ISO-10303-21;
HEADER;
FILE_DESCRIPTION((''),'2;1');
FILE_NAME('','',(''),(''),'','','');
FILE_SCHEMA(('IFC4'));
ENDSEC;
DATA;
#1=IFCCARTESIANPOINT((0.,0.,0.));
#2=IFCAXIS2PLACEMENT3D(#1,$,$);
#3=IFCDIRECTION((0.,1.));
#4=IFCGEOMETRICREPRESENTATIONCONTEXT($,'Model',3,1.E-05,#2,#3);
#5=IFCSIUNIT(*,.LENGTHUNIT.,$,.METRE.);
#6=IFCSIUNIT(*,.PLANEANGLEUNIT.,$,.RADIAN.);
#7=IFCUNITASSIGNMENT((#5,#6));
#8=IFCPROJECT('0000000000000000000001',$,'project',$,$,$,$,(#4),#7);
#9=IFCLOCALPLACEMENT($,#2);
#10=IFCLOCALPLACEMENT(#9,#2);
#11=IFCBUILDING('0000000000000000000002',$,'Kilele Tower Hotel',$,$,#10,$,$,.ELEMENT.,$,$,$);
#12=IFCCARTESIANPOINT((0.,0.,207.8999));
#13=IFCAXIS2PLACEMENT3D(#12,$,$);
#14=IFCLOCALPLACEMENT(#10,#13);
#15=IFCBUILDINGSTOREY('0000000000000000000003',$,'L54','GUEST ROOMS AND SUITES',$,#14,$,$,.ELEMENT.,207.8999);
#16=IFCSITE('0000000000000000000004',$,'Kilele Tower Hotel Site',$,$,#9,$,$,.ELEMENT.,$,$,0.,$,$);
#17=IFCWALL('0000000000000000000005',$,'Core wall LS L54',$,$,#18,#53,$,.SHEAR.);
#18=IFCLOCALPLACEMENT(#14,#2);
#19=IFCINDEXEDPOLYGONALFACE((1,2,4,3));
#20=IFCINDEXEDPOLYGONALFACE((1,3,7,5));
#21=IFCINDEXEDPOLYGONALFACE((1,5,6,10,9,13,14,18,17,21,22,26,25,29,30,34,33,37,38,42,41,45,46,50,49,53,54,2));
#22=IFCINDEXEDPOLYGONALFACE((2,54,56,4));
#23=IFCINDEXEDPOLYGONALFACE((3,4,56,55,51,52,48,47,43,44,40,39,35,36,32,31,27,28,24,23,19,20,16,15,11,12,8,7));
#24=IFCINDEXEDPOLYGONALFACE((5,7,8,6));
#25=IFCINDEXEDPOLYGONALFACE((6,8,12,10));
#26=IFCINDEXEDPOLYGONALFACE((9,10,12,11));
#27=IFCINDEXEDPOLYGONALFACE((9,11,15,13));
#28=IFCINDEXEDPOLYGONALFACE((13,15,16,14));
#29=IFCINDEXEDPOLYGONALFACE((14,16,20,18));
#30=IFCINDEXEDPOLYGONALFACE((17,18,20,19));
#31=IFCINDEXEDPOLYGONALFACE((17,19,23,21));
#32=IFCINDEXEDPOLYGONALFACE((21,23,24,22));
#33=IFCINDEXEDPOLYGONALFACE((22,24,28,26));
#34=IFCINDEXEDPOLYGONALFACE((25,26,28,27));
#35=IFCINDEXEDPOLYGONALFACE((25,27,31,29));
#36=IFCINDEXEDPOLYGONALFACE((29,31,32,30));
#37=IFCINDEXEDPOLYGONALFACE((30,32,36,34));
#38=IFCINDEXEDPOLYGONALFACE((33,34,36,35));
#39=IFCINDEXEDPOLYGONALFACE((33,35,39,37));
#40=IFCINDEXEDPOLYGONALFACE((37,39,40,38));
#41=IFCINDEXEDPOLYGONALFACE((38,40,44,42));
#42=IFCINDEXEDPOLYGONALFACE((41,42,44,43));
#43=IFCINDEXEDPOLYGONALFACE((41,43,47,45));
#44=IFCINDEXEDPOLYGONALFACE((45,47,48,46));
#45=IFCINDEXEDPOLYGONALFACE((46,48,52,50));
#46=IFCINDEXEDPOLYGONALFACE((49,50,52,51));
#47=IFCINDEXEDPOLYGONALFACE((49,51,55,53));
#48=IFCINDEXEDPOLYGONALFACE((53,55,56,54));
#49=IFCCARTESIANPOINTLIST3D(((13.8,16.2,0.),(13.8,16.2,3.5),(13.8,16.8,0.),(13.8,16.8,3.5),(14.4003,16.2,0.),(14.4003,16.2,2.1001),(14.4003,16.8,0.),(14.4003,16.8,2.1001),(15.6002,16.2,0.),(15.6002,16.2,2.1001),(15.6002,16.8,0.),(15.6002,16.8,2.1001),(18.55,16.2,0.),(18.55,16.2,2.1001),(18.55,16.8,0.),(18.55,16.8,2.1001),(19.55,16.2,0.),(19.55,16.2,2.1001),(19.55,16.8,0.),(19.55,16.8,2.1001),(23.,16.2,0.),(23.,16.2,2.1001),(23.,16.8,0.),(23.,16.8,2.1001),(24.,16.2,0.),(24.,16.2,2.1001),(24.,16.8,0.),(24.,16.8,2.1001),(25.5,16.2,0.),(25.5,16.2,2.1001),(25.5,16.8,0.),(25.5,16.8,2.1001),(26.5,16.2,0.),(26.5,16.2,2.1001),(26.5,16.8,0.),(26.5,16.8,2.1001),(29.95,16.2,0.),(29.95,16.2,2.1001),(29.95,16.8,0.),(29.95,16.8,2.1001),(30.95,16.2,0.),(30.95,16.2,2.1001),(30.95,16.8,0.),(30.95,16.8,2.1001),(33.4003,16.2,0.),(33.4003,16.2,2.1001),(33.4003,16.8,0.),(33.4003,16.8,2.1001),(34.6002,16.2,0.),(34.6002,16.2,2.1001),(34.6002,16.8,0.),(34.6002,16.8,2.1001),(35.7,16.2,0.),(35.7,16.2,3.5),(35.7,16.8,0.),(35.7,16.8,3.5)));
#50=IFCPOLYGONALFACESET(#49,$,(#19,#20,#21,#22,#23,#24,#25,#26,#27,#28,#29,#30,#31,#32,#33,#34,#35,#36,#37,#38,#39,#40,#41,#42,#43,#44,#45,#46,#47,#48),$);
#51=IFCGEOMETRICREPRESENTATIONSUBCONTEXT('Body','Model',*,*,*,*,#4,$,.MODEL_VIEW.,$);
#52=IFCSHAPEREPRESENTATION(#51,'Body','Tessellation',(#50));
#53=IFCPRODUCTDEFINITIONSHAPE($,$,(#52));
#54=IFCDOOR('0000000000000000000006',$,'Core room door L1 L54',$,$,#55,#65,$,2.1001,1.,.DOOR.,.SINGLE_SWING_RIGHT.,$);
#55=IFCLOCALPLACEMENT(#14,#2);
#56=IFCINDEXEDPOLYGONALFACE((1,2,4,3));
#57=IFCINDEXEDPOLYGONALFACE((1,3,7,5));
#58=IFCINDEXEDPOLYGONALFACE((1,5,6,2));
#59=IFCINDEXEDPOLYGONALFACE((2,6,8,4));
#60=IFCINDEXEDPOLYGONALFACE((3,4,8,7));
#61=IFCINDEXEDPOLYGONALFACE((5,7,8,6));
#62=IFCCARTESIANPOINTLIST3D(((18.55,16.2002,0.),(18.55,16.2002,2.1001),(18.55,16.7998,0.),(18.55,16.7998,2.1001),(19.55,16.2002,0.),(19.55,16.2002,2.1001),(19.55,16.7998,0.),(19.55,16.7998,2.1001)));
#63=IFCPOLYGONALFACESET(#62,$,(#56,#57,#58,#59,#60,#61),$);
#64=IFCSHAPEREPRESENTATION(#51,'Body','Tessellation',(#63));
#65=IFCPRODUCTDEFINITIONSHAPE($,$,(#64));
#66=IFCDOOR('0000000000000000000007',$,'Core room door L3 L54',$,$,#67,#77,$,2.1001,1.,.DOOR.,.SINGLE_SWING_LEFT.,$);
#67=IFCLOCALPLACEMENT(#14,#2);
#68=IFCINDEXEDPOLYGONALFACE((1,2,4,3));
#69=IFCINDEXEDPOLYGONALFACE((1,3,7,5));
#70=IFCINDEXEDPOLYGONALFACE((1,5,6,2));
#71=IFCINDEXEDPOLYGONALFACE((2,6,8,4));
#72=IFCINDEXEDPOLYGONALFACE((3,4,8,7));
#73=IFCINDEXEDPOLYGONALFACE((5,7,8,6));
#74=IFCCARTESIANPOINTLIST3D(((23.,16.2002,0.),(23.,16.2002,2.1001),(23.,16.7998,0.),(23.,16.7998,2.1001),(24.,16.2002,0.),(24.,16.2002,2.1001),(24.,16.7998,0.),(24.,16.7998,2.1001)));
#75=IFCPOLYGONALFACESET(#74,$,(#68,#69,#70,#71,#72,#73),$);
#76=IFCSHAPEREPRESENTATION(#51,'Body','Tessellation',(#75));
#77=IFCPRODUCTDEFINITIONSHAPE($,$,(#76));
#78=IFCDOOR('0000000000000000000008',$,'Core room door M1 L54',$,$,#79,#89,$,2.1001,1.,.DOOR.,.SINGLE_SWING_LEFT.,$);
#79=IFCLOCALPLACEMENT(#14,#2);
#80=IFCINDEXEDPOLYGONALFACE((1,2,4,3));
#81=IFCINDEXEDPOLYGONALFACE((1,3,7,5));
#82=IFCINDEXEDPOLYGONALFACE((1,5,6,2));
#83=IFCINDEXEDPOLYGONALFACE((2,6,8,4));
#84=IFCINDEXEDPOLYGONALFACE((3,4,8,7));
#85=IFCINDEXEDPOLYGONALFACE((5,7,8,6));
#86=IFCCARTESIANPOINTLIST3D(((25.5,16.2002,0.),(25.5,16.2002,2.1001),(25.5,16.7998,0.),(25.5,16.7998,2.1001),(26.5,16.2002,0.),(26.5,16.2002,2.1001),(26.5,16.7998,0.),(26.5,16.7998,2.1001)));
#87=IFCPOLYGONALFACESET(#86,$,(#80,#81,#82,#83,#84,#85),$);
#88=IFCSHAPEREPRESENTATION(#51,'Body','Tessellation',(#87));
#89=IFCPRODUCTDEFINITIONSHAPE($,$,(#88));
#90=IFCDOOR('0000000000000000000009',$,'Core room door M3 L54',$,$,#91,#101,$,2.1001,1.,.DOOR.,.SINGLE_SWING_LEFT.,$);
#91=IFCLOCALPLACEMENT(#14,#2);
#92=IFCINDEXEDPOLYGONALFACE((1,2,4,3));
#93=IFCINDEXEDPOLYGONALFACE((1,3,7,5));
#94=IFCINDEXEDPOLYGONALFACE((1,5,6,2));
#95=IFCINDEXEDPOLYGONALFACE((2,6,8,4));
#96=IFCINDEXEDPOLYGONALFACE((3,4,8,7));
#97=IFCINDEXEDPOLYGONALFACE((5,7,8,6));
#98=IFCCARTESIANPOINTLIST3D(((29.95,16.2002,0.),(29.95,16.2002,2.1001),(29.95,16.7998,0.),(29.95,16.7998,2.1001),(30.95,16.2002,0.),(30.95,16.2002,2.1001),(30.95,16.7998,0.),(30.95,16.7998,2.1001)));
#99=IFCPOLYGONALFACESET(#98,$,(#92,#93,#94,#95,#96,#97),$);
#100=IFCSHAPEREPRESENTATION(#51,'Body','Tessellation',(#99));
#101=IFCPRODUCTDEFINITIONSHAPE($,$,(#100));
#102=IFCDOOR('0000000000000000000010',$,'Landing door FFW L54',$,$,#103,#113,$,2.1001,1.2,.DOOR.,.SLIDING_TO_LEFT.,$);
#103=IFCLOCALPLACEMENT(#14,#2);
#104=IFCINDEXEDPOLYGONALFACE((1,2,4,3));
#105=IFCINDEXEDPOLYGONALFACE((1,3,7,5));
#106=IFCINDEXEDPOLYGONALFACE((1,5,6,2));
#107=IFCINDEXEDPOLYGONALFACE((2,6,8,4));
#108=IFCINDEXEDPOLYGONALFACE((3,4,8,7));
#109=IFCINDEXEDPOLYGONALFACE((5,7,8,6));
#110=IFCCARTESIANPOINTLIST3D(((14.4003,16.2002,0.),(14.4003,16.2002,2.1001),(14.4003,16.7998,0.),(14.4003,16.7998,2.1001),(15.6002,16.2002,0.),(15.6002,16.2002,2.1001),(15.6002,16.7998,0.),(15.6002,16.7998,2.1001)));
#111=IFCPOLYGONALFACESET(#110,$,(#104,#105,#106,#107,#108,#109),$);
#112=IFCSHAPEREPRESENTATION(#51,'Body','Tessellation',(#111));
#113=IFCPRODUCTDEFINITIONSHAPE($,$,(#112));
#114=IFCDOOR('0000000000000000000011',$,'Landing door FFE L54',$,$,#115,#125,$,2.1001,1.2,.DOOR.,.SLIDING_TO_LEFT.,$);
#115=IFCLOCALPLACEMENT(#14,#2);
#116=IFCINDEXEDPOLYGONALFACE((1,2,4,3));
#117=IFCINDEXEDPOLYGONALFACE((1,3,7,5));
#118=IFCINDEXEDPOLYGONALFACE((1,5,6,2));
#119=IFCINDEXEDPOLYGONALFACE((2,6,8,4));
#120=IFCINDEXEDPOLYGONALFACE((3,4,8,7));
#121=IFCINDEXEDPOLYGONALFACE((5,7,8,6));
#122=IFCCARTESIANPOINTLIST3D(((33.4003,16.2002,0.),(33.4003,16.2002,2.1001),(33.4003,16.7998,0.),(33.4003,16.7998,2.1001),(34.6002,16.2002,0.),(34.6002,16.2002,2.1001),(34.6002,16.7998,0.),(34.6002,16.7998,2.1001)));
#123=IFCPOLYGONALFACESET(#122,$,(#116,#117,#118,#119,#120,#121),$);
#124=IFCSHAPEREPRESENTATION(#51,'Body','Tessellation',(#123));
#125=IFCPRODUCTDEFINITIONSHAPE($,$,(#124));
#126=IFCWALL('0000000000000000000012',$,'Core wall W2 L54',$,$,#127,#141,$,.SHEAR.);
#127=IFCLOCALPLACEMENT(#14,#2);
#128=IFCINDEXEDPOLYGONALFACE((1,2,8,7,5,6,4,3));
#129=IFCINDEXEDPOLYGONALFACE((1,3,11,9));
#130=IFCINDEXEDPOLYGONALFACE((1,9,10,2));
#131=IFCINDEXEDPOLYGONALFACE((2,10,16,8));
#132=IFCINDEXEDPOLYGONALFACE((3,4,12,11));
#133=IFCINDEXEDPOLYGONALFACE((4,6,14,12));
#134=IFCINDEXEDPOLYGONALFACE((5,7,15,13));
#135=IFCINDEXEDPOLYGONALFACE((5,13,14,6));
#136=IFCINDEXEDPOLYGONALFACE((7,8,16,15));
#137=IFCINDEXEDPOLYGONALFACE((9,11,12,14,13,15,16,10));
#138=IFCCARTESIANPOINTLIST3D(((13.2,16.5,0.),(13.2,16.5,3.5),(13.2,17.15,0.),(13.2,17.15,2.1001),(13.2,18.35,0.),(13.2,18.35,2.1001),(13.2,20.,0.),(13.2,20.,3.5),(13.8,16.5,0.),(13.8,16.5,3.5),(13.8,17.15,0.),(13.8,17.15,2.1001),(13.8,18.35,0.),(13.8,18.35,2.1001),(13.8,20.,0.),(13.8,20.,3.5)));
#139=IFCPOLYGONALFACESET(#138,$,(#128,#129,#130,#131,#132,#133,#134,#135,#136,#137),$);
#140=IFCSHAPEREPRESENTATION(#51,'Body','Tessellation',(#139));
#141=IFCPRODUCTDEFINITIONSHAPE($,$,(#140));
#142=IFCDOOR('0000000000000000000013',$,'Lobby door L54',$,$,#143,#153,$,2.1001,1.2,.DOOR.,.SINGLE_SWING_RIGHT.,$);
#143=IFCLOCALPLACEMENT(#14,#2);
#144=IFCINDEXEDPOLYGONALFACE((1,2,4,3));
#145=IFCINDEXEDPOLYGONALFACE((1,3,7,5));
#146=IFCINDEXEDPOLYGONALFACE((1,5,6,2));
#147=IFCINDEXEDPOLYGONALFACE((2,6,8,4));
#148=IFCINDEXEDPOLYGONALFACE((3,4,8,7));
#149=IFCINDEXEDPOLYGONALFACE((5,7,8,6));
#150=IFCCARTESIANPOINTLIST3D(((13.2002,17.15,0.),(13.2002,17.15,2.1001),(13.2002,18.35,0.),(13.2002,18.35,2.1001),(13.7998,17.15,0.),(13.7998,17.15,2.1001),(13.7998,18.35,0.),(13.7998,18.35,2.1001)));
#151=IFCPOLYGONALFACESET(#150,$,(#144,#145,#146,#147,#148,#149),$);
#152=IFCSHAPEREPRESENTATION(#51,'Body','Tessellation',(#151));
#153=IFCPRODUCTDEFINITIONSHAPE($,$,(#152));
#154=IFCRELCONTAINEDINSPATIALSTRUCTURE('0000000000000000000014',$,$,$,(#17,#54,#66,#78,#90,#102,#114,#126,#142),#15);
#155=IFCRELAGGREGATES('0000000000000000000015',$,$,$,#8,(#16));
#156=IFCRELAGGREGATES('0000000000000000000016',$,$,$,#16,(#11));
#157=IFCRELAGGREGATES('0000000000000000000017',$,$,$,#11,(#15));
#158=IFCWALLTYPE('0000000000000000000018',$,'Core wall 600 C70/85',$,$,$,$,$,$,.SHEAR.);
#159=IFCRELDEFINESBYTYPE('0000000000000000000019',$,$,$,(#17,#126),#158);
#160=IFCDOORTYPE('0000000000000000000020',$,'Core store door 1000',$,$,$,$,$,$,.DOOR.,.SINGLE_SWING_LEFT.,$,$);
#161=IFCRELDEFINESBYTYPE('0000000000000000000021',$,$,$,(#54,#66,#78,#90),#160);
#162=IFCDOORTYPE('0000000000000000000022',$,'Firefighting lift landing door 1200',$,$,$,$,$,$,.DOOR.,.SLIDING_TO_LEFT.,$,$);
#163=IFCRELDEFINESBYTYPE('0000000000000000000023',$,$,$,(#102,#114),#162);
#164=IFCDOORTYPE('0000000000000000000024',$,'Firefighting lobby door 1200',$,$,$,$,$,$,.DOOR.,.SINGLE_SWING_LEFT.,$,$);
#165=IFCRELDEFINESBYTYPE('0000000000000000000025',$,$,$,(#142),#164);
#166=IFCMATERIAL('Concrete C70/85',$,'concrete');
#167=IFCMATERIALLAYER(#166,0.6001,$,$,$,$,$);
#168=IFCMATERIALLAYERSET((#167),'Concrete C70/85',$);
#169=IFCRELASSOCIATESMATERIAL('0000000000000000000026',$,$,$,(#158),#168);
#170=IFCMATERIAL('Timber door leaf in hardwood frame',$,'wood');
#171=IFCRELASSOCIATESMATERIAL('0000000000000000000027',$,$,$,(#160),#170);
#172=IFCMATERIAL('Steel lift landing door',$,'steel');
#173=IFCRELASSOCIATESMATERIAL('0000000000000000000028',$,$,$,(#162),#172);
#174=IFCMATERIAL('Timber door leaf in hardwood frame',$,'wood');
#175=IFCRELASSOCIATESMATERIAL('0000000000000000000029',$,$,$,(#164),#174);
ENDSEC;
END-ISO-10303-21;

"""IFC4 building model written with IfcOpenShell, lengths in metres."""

from ifc_helpers import new_model, si_unit, direction, frame, frame_2d, origin, place, context, subcontext, project, spatial, rectangle, extrude, material, layer, layer_set, type_object, element, fill, save


model = new_model("IFC4")

# Units and contexts
model_context = context("Model", 3, precision=1e-05, world=origin(), true_north=direction((0.0, 1.0)))
body_context = subcontext(model_context, "Body", "Model", "MODEL_VIEW")
ifc_project = project(units=[si_unit("LENGTHUNIT", "METRE"), si_unit("PLANEANGLEUNIT", "RADIAN")], contexts=[model_context])

# Site, building, storey
site_placement = place(None, origin())
site = spatial("IfcSite", under=ifc_project, at=site_placement, Name="Kilele Tower Hotel Site", CompositionType="ELEMENT", RefElevation=0.0)
building_placement = place(site_placement, origin())
building = spatial("IfcBuilding", under=site, at=building_placement, Name="Kilele Tower Hotel", CompositionType="ELEMENT")
storey_placement = place(building_placement, frame((0.0, 0.0, 207.8999)))
storey = spatial("IfcBuildingStorey", under=building, at=storey_placement, Name="L54", Description="GUEST ROOMS AND SUITES", CompositionType="ELEMENT", Elevation=207.8999)

# Shared definitions
ifc_material_1 = material(Name="Concrete C70/85", Category="concrete")
ifc_layer_1 = layer(ifc_material_1, 0.6001)
ifc_layer_set_1 = layer_set([ifc_layer_1], Name="Concrete C70/85")
wall_type_1 = type_object("IfcWallType", Name="Core wall 600 C70/85", PredefinedType="SHEAR", material=ifc_layer_set_1)

# Wall, openings, doors
wall_1_placement = place(storey_placement, frame((13.8, 16.5, 0.0), z_axis=(0.0, 0.0, 1.0), x_axis=(1.0, 0.0, 0.0)))
wall_1 = element("IfcWall", 1, at=wall_1_placement, inside=storey, type_object=wall_type_1, Name="Core wall LS L54", PredefinedType="SHEAR", context=body_context, shape_type="SweptSolid", body=[
    extrude(rectangle(XDim=21.8999, YDim=0.6001, at=frame_2d((10.95, 0.0))), origin(), (0.0, 0.0, 1.0), 3.5),
])
opening_1_placement = place(wall_1_placement, frame((5.75, 0.0, 0.0), z_axis=(0.0, 0.0, 1.0), x_axis=(-1.0, 0.0, 0.0)))
opening_1 = element("IfcOpeningElement", 2, at=opening_1_placement, cuts=wall_1, PredefinedType="OPENING", context=body_context, shape_type="SweptSolid", body=[
    extrude(rectangle(XDim=1.0, YDim=2.1001, at=frame_2d((0.5, 1.05))), frame((0.0, 0.3101, 0.0), z_axis=(0.0, -1.0, 0.0), x_axis=(1.0, 0.0, 0.0)), (0.0, 0.0, 1.0), 0.6201),
])
opening_2_placement = place(wall_1_placement, frame((10.2, 0.0, 0.0), z_axis=(0.0, 0.0, 1.0), x_axis=(-1.0, 0.0, 0.0)))
opening_2 = element("IfcOpeningElement", 3, at=opening_2_placement, cuts=wall_1, PredefinedType="OPENING", context=body_context, shape_type="SweptSolid", body=[
    extrude(rectangle(XDim=1.0, YDim=2.1001, at=frame_2d((0.5, 1.05))), frame((0.0, 0.3101, 0.0), z_axis=(0.0, -1.0, 0.0), x_axis=(1.0, 0.0, 0.0)), (0.0, 0.0, 1.0), 0.6201),
])
opening_3_placement = place(wall_1_placement, frame((12.7, 0.0, 0.0), z_axis=(0.0, 0.0, 1.0), x_axis=(-1.0, 0.0, 0.0)))
opening_3 = element("IfcOpeningElement", 4, at=opening_3_placement, cuts=wall_1, PredefinedType="OPENING", context=body_context, shape_type="SweptSolid", body=[
    extrude(rectangle(XDim=1.0, YDim=2.1001, at=frame_2d((0.5, 1.05))), frame((0.0, 0.3101, 0.0), z_axis=(0.0, -1.0, 0.0), x_axis=(1.0, 0.0, 0.0)), (0.0, 0.0, 1.0), 0.6201),
])
opening_4_placement = place(wall_1_placement, frame((17.1499, 0.0, 0.0), z_axis=(0.0, 0.0, 1.0), x_axis=(-1.0, 0.0, 0.0)))
opening_4 = element("IfcOpeningElement", 5, at=opening_4_placement, cuts=wall_1, PredefinedType="OPENING", context=body_context, shape_type="SweptSolid", body=[
    extrude(rectangle(XDim=1.0, YDim=2.1001, at=frame_2d((0.5, 1.05))), frame((0.0, 0.3101, 0.0), z_axis=(0.0, -1.0, 0.0), x_axis=(1.0, 0.0, 0.0)), (0.0, 0.0, 1.0), 0.6201),
])
opening_5_placement = place(wall_1_placement, frame((0.6001, 0.0, 0.0)))
opening_5 = element("IfcOpeningElement", 6, at=opening_5_placement, cuts=wall_1, PredefinedType="OPENING", context=body_context, shape_type="SweptSolid", body=[
    extrude(rectangle(XDim=1.2, YDim=2.1001, at=frame_2d((0.6001, 1.05))), frame((0.0, 0.3101, 0.0), z_axis=(0.0, -1.0, 0.0), x_axis=(1.0, 0.0, 0.0)), (0.0, 0.0, 1.0), 0.6201),
])
opening_6_placement = place(wall_1_placement, frame((19.6001, 0.0, 0.0)))
opening_6 = element("IfcOpeningElement", 7, at=opening_6_placement, cuts=wall_1, PredefinedType="OPENING", context=body_context, shape_type="SweptSolid", body=[
    extrude(rectangle(XDim=1.2, YDim=2.1001, at=frame_2d((0.6001, 1.05))), frame((0.0, 0.3101, 0.0), z_axis=(0.0, -1.0, 0.0), x_axis=(1.0, 0.0, 0.0)), (0.0, 0.0, 1.0), 0.6201),
])
ifc_material_2 = material(Name="Timber door leaf in hardwood frame", Category="wood")
door_type_1 = type_object("IfcDoorType", Name="Core store door 1000", OperationType="SINGLE_SWING_LEFT", PredefinedType="DOOR", material=ifc_material_2)
door_1_placement = place(opening_1_placement, origin())
door_1 = element("IfcDoor", 8, at=door_1_placement, inside=storey, type_object=door_type_1, Name="Core room door L1 L54", OperationType="SINGLE_SWING_RIGHT", OverallHeight=2.1001, OverallWidth=1.0, PredefinedType="DOOR", context=body_context, shape_type="SweptSolid", body=[
    extrude(rectangle(XDim=1.0, YDim=2.1001, at=frame_2d((0.5, 1.05))), frame((0.0, 0.2998, 0.0), z_axis=(0.0, -1.0, 0.0), x_axis=(1.0, 0.0, 0.0)), (0.0, 0.0, 1.0), 0.5996),
])
fill(opening_1, door_1)
door_2_placement = place(opening_2_placement, origin())
door_2 = element("IfcDoor", 9, at=door_2_placement, inside=storey, type_object=door_type_1, Name="Core room door L3 L54", OperationType="SINGLE_SWING_LEFT", OverallHeight=2.1001, OverallWidth=1.0, PredefinedType="DOOR", context=body_context, shape_type="SweptSolid", body=[
    extrude(rectangle(XDim=1.0, YDim=2.1001, at=frame_2d((0.5, 1.05))), frame((0.0, 0.2998, 0.0), z_axis=(0.0, -1.0, 0.0), x_axis=(1.0, 0.0, 0.0)), (0.0, 0.0, 1.0), 0.5996),
])
fill(opening_2, door_2)
door_3_placement = place(opening_3_placement, origin())
door_3 = element("IfcDoor", 10, at=door_3_placement, inside=storey, type_object=door_type_1, Name="Core room door M1 L54", OperationType="SINGLE_SWING_LEFT", OverallHeight=2.1001, OverallWidth=1.0, PredefinedType="DOOR", context=body_context, shape_type="SweptSolid", body=[
    extrude(rectangle(XDim=1.0, YDim=2.1001, at=frame_2d((0.5, 1.05))), frame((0.0, 0.2998, 0.0), z_axis=(0.0, -1.0, 0.0), x_axis=(1.0, 0.0, 0.0)), (0.0, 0.0, 1.0), 0.5996),
])
fill(opening_3, door_3)
door_4_placement = place(opening_4_placement, origin())
door_4 = element("IfcDoor", 11, at=door_4_placement, inside=storey, type_object=door_type_1, Name="Core room door M3 L54", OperationType="SINGLE_SWING_LEFT", OverallHeight=2.1001, OverallWidth=1.0, PredefinedType="DOOR", context=body_context, shape_type="SweptSolid", body=[
    extrude(rectangle(XDim=1.0, YDim=2.1001, at=frame_2d((0.5, 1.05))), frame((0.0, 0.2998, 0.0), z_axis=(0.0, -1.0, 0.0), x_axis=(1.0, 0.0, 0.0)), (0.0, 0.0, 1.0), 0.5996),
])
fill(opening_4, door_4)
ifc_material_3 = material(Name="Steel lift landing door", Category="steel")
door_type_2 = type_object("IfcDoorType", Name="Firefighting lift landing door 1200", OperationType="SLIDING_TO_LEFT", PredefinedType="DOOR", material=ifc_material_3)
door_5_placement = place(opening_5_placement, origin())
door_5 = element("IfcDoor", 12, at=door_5_placement, inside=storey, type_object=door_type_2, Name="Landing door FFW L54", OperationType="SLIDING_TO_LEFT", OverallHeight=2.1001, OverallWidth=1.2, PredefinedType="DOOR", context=body_context, shape_type="SweptSolid", body=[
    extrude(rectangle(XDim=1.2, YDim=2.1001, at=frame_2d((0.6001, 1.05))), frame((0.0, 0.2998, 0.0), z_axis=(0.0, -1.0, 0.0), x_axis=(1.0, 0.0, 0.0)), (0.0, 0.0, 1.0), 0.5996),
])
fill(opening_5, door_5)
door_6_placement = place(opening_6_placement, origin())
door_6 = element("IfcDoor", 13, at=door_6_placement, inside=storey, type_object=door_type_2, Name="Landing door FFE L54", OperationType="SLIDING_TO_LEFT", OverallHeight=2.1001, OverallWidth=1.2, PredefinedType="DOOR", context=body_context, shape_type="SweptSolid", body=[
    extrude(rectangle(XDim=1.2, YDim=2.1001, at=frame_2d((0.6001, 1.05))), frame((0.0, 0.2998, 0.0), z_axis=(0.0, -1.0, 0.0), x_axis=(1.0, 0.0, 0.0)), (0.0, 0.0, 1.0), 0.5996),
])
fill(opening_6, door_6)

# Wall, opening, door
wall_2_placement = place(storey_placement, frame((13.5, 20.0, 0.0), z_axis=(0.0, 0.0, 1.0), x_axis=(0.0, -1.0, 0.0)))
wall_2 = element("IfcWall", 14, at=wall_2_placement, inside=storey, type_object=wall_type_1, Name="Core wall W2 L54", PredefinedType="SHEAR", context=body_context, shape_type="SweptSolid", body=[
    extrude(rectangle(XDim=3.5, YDim=0.6001, at=frame_2d((1.75, 0.0))), origin(), (0.0, 0.0, 1.0), 3.5),
])
opening_7_placement = place(wall_2_placement, frame((1.6499, 0.0, 0.0)))
opening_7 = element("IfcOpeningElement", 15, at=opening_7_placement, cuts=wall_2, PredefinedType="OPENING", context=body_context, shape_type="SweptSolid", body=[
    extrude(rectangle(XDim=1.2, YDim=2.1001, at=frame_2d((0.6001, 1.05))), frame((0.0, 0.3101, 0.0), z_axis=(0.0, -1.0, 0.0), x_axis=(1.0, 0.0, 0.0)), (0.0, 0.0, 1.0), 0.6201),
])
ifc_material_4 = material(Name="Timber door leaf in hardwood frame", Category="wood")
door_type_3 = type_object("IfcDoorType", Name="Firefighting lobby door 1200", OperationType="SINGLE_SWING_LEFT", PredefinedType="DOOR", material=ifc_material_4)
door_7_placement = place(opening_7_placement, origin())
door_7 = element("IfcDoor", 16, at=door_7_placement, inside=storey, type_object=door_type_3, Name="Lobby door L54", OperationType="SINGLE_SWING_RIGHT", OverallHeight=2.1001, OverallWidth=1.2, PredefinedType="DOOR", context=body_context, shape_type="SweptSolid", body=[
    extrude(rectangle(XDim=1.2, YDim=2.1001, at=frame_2d((0.6001, 1.05))), frame((0.0, 0.2998, 0.0), z_axis=(0.0, -1.0, 0.0), x_axis=(1.0, 0.0, 0.0)), (0.0, 0.0, 1.0), 0.5996),
])
fill(opening_7, door_7)

save(model, "model.ifc")
